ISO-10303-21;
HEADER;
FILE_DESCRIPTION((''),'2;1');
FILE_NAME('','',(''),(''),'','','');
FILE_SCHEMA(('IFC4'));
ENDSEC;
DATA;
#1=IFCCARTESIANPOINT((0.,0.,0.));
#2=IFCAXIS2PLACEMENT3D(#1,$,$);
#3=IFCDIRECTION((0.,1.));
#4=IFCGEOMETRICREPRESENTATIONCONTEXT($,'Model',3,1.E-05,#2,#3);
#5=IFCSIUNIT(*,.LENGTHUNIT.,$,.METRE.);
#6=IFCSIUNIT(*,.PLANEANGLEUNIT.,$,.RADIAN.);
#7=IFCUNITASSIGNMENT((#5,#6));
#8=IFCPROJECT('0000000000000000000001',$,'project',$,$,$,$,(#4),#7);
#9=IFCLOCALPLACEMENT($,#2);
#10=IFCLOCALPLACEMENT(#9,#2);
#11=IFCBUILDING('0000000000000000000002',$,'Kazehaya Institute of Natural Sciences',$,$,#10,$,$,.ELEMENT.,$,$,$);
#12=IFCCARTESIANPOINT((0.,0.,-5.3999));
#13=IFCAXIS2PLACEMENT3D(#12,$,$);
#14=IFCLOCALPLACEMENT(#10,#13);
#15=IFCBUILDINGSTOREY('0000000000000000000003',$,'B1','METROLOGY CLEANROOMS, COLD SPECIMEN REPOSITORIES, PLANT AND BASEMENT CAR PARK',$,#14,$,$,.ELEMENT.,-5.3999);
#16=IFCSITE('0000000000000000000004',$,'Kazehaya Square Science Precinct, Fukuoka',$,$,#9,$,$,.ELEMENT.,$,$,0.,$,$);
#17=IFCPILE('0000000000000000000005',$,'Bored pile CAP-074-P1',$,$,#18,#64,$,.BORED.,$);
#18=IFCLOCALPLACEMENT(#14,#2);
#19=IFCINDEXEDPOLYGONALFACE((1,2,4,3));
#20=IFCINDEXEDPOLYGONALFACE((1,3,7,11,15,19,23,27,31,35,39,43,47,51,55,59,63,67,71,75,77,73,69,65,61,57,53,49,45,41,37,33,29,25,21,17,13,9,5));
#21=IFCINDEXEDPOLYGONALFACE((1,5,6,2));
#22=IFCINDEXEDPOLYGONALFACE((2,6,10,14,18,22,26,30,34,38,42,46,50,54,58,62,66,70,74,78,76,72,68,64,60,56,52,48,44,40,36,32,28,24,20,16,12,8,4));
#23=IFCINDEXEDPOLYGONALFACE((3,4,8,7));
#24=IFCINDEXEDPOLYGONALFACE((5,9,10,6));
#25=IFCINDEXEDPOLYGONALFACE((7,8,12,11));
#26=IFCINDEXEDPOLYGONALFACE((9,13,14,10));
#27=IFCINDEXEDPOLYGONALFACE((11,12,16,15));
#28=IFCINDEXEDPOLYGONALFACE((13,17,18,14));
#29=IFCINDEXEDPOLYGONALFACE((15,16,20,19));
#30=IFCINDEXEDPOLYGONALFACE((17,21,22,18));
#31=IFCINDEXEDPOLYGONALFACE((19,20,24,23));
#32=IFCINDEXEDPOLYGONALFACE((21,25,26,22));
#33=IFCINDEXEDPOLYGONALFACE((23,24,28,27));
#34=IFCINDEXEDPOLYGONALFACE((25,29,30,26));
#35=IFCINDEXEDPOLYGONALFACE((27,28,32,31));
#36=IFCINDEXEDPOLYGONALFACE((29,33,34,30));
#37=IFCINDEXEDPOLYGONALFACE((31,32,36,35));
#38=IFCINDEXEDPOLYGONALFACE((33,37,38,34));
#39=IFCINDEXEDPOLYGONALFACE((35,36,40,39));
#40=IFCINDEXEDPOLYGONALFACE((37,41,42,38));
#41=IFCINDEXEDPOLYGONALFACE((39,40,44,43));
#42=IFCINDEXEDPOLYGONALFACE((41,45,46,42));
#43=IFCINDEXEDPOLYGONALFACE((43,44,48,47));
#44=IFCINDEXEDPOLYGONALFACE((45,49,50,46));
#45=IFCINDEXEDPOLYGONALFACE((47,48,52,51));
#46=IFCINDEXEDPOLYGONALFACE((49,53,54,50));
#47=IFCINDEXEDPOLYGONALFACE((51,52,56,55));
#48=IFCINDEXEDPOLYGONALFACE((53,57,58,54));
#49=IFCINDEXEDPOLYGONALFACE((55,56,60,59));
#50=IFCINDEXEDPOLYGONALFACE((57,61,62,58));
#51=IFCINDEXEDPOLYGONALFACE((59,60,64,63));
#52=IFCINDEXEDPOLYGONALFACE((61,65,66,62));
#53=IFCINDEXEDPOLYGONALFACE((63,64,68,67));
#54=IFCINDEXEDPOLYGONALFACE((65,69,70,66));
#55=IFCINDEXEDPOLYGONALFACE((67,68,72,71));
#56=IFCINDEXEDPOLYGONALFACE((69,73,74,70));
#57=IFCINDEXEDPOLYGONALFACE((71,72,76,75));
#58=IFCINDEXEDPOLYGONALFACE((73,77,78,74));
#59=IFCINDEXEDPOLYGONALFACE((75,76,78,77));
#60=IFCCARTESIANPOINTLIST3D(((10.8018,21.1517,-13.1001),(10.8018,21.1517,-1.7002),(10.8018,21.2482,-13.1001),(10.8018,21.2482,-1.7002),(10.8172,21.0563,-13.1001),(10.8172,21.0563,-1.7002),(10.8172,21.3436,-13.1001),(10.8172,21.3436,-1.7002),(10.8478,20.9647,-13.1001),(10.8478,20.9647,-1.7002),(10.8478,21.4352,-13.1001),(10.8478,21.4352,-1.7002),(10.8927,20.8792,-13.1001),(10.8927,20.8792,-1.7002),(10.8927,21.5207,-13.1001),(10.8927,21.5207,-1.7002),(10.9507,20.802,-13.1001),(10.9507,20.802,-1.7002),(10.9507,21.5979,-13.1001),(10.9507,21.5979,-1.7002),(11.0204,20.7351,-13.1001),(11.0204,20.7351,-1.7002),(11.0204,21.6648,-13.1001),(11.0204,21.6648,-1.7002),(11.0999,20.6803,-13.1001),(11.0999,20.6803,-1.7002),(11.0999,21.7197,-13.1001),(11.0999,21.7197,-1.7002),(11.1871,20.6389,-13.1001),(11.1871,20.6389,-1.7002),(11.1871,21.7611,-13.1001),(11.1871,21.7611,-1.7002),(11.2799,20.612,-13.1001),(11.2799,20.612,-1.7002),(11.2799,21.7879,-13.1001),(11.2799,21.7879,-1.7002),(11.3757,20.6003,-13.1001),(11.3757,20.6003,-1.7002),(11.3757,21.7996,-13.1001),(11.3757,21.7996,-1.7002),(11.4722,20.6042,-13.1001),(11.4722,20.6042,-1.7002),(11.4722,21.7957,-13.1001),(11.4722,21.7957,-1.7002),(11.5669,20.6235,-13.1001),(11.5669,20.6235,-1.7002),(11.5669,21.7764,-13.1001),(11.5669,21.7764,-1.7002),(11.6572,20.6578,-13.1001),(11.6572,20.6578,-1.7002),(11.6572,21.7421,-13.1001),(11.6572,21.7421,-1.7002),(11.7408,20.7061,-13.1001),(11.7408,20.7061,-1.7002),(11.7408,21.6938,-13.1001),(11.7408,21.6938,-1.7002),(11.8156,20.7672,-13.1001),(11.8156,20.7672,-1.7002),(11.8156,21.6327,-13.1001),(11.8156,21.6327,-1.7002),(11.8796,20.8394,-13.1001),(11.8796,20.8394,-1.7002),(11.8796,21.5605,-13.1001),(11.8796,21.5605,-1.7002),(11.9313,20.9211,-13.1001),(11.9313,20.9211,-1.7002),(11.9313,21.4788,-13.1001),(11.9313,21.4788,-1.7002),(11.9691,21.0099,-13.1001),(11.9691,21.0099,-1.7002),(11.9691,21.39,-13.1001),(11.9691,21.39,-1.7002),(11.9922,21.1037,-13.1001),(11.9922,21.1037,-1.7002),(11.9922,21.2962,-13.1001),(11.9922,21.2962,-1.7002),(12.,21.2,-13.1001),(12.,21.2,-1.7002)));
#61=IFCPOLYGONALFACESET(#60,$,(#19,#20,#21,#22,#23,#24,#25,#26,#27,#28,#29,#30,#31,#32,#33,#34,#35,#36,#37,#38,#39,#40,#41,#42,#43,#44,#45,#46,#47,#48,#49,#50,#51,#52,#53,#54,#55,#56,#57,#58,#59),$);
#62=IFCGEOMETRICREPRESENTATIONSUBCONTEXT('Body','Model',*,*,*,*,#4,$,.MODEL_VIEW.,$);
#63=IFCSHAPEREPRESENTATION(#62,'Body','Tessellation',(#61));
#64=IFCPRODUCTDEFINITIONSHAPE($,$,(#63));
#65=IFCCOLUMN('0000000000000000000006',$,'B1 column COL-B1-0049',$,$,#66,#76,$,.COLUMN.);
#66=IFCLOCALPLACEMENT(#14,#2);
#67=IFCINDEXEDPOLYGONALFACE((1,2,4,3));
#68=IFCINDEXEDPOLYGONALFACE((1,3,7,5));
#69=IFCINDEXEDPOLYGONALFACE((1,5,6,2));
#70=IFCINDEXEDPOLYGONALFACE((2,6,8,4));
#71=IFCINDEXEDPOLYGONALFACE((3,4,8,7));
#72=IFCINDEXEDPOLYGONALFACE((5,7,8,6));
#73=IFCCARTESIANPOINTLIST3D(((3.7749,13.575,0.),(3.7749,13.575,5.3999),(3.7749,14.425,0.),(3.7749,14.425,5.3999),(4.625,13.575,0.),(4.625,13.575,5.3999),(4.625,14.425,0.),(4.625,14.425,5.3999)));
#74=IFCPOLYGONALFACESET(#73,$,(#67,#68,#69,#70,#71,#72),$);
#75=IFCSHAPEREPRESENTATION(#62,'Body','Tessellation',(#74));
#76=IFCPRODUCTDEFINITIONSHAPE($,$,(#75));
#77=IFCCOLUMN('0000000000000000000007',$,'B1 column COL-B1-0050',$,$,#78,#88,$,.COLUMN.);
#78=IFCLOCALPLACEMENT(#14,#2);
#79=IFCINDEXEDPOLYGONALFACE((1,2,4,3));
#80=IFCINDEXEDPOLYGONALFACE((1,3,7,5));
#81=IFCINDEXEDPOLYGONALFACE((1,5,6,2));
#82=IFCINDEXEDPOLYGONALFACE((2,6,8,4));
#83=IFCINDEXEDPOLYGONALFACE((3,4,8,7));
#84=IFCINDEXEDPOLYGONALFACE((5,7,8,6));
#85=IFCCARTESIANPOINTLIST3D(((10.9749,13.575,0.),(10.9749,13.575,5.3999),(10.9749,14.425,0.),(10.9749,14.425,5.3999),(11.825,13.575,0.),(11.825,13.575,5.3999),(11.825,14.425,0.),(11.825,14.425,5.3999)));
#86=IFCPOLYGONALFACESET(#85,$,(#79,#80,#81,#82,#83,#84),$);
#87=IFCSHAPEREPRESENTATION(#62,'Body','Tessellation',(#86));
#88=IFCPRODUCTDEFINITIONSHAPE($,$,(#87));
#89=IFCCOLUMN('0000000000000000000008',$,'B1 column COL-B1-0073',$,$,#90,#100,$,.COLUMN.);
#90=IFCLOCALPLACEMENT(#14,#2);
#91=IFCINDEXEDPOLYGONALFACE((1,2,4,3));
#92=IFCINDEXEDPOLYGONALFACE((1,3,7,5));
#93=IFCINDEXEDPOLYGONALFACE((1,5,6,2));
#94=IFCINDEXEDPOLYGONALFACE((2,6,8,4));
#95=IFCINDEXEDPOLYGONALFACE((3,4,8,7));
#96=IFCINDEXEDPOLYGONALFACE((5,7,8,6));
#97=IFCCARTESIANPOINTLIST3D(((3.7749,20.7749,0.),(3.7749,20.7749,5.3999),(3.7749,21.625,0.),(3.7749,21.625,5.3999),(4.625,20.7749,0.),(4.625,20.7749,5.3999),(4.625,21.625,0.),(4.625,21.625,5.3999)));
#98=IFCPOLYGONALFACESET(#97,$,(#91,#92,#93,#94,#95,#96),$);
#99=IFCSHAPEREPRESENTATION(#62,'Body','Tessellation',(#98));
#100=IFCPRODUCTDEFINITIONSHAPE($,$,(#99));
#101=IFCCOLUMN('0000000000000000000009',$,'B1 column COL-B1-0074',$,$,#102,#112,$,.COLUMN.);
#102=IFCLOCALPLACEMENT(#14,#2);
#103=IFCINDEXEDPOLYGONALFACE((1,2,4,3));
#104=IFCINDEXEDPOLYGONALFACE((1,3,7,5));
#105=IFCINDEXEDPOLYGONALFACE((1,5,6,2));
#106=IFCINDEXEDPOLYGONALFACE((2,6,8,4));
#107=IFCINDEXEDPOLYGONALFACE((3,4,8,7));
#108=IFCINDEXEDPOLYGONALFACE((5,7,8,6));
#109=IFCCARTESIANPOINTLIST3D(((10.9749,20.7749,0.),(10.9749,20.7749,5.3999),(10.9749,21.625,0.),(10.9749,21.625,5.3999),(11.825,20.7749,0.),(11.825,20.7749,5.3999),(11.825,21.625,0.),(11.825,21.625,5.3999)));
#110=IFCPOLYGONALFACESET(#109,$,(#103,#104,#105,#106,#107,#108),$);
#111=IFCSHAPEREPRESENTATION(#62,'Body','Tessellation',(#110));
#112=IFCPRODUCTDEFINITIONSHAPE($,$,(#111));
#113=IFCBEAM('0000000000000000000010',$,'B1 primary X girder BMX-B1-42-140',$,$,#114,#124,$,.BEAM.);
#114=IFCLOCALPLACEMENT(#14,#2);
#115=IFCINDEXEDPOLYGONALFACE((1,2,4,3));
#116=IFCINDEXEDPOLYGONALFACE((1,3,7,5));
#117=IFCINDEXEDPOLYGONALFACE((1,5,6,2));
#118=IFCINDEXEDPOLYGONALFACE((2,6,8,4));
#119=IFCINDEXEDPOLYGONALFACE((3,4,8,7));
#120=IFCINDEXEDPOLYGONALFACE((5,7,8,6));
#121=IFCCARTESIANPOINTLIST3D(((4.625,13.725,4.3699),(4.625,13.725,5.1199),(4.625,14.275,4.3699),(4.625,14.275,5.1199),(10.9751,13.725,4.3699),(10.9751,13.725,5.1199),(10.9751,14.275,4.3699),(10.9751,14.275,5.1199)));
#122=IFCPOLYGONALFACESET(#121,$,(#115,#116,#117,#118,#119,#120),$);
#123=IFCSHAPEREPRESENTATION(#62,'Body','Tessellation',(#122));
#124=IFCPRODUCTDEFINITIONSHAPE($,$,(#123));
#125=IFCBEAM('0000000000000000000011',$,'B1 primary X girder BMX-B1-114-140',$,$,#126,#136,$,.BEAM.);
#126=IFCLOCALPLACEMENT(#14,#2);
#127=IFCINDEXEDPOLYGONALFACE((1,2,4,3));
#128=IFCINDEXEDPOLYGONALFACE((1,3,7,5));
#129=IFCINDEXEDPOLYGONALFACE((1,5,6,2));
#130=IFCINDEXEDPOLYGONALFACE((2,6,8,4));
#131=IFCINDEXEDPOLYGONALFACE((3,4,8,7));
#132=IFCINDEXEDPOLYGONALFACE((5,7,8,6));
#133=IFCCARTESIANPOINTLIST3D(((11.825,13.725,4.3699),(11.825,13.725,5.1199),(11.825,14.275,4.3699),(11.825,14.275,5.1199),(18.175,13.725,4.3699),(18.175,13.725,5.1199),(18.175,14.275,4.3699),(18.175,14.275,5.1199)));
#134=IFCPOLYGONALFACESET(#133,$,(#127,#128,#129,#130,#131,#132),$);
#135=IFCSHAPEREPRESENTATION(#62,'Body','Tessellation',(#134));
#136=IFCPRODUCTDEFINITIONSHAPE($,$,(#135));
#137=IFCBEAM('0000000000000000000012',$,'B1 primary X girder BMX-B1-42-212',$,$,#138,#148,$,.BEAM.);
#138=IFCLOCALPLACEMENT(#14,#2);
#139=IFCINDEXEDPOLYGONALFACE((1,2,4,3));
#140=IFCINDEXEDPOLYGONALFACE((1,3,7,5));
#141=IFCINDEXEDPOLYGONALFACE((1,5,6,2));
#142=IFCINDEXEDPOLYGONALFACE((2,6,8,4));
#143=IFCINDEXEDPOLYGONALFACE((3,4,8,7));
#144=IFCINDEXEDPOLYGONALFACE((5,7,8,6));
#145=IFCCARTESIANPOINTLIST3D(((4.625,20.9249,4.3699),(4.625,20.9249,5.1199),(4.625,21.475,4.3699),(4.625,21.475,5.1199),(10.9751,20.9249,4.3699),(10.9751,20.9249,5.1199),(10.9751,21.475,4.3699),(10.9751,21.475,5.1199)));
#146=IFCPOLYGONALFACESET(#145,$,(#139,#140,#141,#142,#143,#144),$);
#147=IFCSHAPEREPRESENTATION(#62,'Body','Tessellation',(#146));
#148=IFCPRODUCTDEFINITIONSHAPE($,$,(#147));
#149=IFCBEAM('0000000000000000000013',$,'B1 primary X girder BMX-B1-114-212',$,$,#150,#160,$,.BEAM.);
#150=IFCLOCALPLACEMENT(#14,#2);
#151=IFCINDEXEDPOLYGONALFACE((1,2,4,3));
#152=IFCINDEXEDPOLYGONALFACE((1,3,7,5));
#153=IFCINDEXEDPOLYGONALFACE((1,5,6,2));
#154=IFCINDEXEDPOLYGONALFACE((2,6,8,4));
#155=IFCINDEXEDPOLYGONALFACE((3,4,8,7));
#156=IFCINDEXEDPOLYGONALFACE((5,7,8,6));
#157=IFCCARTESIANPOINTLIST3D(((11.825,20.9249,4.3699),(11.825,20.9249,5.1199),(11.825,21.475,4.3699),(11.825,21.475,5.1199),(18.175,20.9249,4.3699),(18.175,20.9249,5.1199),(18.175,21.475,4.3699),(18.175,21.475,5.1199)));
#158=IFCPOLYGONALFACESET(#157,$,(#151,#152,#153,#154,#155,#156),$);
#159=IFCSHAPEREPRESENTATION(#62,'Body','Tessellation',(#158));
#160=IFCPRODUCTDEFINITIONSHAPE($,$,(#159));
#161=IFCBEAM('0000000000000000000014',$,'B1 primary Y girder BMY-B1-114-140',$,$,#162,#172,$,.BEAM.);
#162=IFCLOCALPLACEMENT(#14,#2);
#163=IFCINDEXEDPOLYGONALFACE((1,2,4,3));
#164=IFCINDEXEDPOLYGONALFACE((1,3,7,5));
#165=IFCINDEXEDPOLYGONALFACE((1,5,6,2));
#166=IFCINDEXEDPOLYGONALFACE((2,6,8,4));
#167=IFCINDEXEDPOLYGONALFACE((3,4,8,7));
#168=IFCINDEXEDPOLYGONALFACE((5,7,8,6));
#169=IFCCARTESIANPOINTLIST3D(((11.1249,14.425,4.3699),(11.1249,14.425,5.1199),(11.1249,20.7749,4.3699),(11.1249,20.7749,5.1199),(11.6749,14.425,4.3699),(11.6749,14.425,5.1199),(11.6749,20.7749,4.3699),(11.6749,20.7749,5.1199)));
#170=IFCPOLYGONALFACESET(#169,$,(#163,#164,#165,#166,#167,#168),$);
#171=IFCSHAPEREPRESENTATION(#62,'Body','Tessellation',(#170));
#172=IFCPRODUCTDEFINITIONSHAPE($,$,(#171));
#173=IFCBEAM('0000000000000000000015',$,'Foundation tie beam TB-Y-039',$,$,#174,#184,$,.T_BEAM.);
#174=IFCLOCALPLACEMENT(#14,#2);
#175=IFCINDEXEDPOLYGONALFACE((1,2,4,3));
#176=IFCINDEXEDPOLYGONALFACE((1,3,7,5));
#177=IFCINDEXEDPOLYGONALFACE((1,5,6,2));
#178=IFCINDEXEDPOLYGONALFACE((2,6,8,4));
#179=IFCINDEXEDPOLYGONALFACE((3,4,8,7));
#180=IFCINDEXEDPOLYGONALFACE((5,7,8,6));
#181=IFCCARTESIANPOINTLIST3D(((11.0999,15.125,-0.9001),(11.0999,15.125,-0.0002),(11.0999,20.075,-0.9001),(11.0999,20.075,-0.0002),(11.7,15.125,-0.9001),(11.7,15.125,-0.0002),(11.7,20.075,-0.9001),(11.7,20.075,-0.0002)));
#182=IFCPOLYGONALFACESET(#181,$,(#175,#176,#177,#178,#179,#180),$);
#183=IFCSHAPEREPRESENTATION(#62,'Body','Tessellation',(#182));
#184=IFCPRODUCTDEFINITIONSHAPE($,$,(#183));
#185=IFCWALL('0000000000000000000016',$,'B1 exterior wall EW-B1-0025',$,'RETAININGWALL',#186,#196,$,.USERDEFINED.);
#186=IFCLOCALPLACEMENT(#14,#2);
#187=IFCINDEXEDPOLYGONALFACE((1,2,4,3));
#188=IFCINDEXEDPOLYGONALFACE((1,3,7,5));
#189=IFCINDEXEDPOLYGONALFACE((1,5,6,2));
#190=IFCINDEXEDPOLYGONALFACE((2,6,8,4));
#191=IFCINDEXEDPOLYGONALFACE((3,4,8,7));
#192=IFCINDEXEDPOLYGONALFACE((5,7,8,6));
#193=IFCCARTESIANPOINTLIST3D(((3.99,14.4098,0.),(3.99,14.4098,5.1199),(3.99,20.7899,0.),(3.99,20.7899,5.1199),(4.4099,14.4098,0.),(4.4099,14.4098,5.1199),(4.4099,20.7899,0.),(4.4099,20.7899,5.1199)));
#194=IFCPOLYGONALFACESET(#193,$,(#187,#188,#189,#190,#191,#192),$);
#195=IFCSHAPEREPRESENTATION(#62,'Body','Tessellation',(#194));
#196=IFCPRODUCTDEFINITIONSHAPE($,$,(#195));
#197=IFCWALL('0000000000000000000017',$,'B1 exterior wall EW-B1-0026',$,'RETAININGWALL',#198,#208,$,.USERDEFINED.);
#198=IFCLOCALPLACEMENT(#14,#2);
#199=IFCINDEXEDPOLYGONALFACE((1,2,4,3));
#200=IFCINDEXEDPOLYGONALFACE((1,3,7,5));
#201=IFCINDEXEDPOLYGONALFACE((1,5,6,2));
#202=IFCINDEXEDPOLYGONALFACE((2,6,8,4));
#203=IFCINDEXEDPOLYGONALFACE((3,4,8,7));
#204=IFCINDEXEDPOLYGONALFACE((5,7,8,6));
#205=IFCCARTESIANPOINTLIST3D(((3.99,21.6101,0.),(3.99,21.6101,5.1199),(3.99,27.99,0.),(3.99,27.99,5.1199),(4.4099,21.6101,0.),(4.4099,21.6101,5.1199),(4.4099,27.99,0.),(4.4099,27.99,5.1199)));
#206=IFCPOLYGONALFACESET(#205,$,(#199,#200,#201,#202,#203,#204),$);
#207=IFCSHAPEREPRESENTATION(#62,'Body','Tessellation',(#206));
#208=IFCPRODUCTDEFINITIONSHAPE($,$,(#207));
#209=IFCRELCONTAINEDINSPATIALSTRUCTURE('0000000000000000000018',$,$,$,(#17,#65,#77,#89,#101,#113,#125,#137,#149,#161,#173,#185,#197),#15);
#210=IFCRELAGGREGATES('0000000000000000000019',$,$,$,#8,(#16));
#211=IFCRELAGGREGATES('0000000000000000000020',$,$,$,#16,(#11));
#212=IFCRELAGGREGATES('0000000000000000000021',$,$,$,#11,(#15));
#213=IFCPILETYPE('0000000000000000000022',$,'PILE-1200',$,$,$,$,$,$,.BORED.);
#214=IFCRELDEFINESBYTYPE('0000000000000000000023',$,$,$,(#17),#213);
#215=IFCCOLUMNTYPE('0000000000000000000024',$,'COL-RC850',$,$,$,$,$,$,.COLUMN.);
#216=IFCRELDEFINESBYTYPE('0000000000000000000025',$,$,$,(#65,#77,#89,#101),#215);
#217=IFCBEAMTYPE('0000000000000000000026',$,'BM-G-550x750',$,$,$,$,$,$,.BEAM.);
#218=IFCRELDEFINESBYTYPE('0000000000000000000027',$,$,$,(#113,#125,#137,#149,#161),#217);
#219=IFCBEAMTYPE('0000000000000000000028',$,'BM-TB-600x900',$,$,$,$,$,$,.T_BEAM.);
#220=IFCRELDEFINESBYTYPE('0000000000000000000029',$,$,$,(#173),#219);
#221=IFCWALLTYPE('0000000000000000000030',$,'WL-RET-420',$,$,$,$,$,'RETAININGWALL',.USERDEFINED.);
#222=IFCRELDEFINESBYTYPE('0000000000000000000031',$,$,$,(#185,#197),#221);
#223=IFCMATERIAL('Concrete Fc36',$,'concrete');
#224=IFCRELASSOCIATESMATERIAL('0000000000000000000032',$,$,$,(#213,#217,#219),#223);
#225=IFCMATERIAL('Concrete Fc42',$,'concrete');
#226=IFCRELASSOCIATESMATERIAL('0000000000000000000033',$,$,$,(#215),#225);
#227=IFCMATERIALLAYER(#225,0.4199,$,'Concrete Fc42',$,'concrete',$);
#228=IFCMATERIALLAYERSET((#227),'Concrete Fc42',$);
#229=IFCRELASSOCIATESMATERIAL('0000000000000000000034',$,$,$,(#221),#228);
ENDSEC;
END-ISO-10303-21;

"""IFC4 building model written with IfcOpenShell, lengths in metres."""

from ifc_helpers import new_model, si_unit, direction, frame, frame_2d, origin, origin_2d, place, context, subcontext, project, spatial, rectangle, circle, extrude, material, layer, layer_set, material_profile, profile_set, type_object, element, save


model = new_model("IFC4")

# Units and contexts
model_context = context("Model", 3, precision=1e-05, world=origin(), true_north=direction((0.0, 1.0)))
body_context = subcontext(model_context, "Body", "Model", "MODEL_VIEW")
ifc_project = project(units=[si_unit("LENGTHUNIT", "METRE"), si_unit("PLANEANGLEUNIT", "RADIAN")], contexts=[model_context])

# Site, building, storey
site_placement = place(None, origin())
site = spatial("IfcSite", under=ifc_project, at=site_placement, Name="Kazehaya Square Science Precinct, Fukuoka", CompositionType="ELEMENT", RefElevation=0.0)
building_placement = place(site_placement, origin())
building = spatial("IfcBuilding", under=site, at=building_placement, Name="Kazehaya Institute of Natural Sciences", CompositionType="ELEMENT")
storey_placement = place(building_placement, frame((0.0, 0.0, -5.3999)))
storey = spatial("IfcBuildingStorey", under=building, at=storey_placement, Name="B1", Description="METROLOGY CLEANROOMS, COLD SPECIMEN REPOSITORIES, PLANT AND BASEMENT CAR PARK", CompositionType="ELEMENT", Elevation=-5.3999)

# Shared definitions
ifc_material_1 = material(Name="Concrete Fc36", Category="concrete")

# Pile
ifc_material_profile_1 = material_profile(ifc_material_1, circle(Radius=0.6001, at=origin_2d()), Name="PILE-1200")
ifc_profile_set_1 = profile_set([ifc_material_profile_1], Name="Concrete Fc36")
pile_type = type_object("IfcPileType", Name="PILE-1200", PredefinedType="BORED", material=ifc_profile_set_1)
for number, where, z_axis, x_axis, name in (
    (1, (11.3999, 21.2, -1.7002), (0.0, 0.0, -1.0), (1.0, 0.0, 0.0), "Bored pile CAP-074-P1"),
):
    element("IfcPile", number, at=place(storey_placement, frame(where, z_axis=z_axis, x_axis=x_axis)), inside=storey, type_object=pile_type, Name=name, PredefinedType="BORED", context=body_context, shape_type="SweptSolid", body=[
        extrude(circle(Radius=0.6001, at=origin_2d()), origin(), (0.0, 0.0, 1.0), 11.3999),
    ])

# Columns
ifc_material_2 = material(Name="Concrete Fc42", Category="concrete")
ifc_material_profile_2 = material_profile(ifc_material_2, rectangle(XDim=0.8501, YDim=0.8501, at=origin_2d()), Name="RC-850x850")
ifc_profile_set_2 = profile_set([ifc_material_profile_2], Name="Concrete Fc42")
column_type = type_object("IfcColumnType", Name="COL-RC850", PredefinedType="COLUMN", material=ifc_profile_set_2)
for number, where, z_axis, x_axis, name in (
    (2, (4.2, 14.0, 0.0), (0.0, 0.0, 1.0), (1.0, 0.0, 0.0), "B1 column COL-B1-0049"),
    (3, (11.3999, 14.0, 0.0), (0.0, 0.0, 1.0), (1.0, 0.0, 0.0), "B1 column COL-B1-0050"),
    (4, (4.2, 21.2, 0.0), (0.0, 0.0, 1.0), (1.0, 0.0, 0.0), "B1 column COL-B1-0073"),
    (5, (11.3999, 21.2, 0.0), (0.0, 0.0, 1.0), (1.0, 0.0, 0.0), "B1 column COL-B1-0074"),
):
    element("IfcColumn", number, at=place(storey_placement, frame(where, z_axis=z_axis, x_axis=x_axis)), inside=storey, type_object=column_type, Name=name, PredefinedType="COLUMN", context=body_context, shape_type="SweptSolid", body=[
        extrude(rectangle(XDim=0.8501, YDim=0.8501, at=origin_2d()), origin(), (0.0, 0.0, 1.0), 5.3999),
    ])

# Beams
ifc_material_profile_3 = material_profile(ifc_material_1, rectangle(XDim=0.55, YDim=0.75, at=origin_2d()), Name="RC-550x750")
ifc_profile_set_3 = profile_set([ifc_material_profile_3], Name="Concrete Fc36")
beam_type_1 = type_object("IfcBeamType", Name="BM-G-550x750", PredefinedType="BEAM", material=ifc_profile_set_3)
for number, where, z_axis, x_axis, name in (
    (6, (4.625, 14.0, 4.7449), (1.0, 0.0, 0.0), (0.0, 1.0, 0.0), "B1 primary X girder BMX-B1-42-140"),
    (7, (11.825, 14.0, 4.7449), (1.0, 0.0, 0.0), (0.0, 1.0, 0.0), "B1 primary X girder BMX-B1-114-140"),
    (8, (4.625, 21.2, 4.7449), (1.0, 0.0, 0.0), (0.0, 1.0, 0.0), "B1 primary X girder BMX-B1-42-212"),
    (9, (11.825, 21.2, 4.7449), (1.0, 0.0, 0.0), (0.0, 1.0, 0.0), "B1 primary X girder BMX-B1-114-212"),
):
    element("IfcBeam", number, at=place(storey_placement, frame(where, z_axis=z_axis, x_axis=x_axis)), inside=storey, type_object=beam_type_1, Name=name, PredefinedType="BEAM", context=body_context, shape_type="SweptSolid", body=[
        extrude(rectangle(XDim=0.55, YDim=0.75, at=origin_2d()), origin(), (0.0, 0.0, 1.0), 6.3501),
    ])
beam_1_placement = place(storey_placement, frame((11.3999, 14.425, 4.7449), z_axis=(0.0, 1.0, 0.0), x_axis=(-1.0, 0.0, 0.0)))
element("IfcBeam", 10, at=beam_1_placement, inside=storey, type_object=beam_type_1, Name="B1 primary Y girder BMY-B1-114-140", PredefinedType="BEAM", context=body_context, shape_type="SweptSolid", body=[
    extrude(rectangle(XDim=0.55, YDim=0.75, at=origin_2d()), origin(), (0.0, 0.0, 1.0), 6.3499),
])
ifc_material_profile_4 = material_profile(ifc_material_1, rectangle(XDim=0.6001, YDim=0.8999, at=origin_2d()), Name="RC-600x900")
ifc_profile_set_4 = profile_set([ifc_material_profile_4], Name="Concrete Fc36")
beam_type_2 = type_object("IfcBeamType", Name="BM-TB-600x900", PredefinedType="T_BEAM", material=ifc_profile_set_4)
beam_2_placement = place(storey_placement, frame((11.3999, 15.125, -0.4502), z_axis=(0.0, 1.0, 0.0), x_axis=(-1.0, 0.0, 0.0)))
element("IfcBeam", 11, at=beam_2_placement, inside=storey, type_object=beam_type_2, Name="Foundation tie beam TB-Y-039", PredefinedType="T_BEAM", context=body_context, shape_type="SweptSolid", body=[
    extrude(rectangle(XDim=0.6001, YDim=0.8999, at=origin_2d()), origin(), (0.0, 0.0, 1.0), 4.95),
])

# Walls
ifc_layer_1 = layer(ifc_material_2, 0.4199, Name="Concrete Fc42", Category="concrete")
ifc_layer_set_1 = layer_set([ifc_layer_1], Name="Concrete Fc42")
wall_type_1 = type_object("IfcWallType", Name="WL-RET-420", ElementType="RETAININGWALL", PredefinedType="USERDEFINED", material=ifc_layer_set_1)
wall_1_placement = place(storey_placement, frame((4.2, 14.4099, 0.0), z_axis=(0.0, 0.0, 1.0), x_axis=(0.0, 1.0, 0.0)))
element("IfcWall", 12, at=wall_1_placement, inside=storey, type_object=wall_type_1, Name="B1 exterior wall EW-B1-0025", ObjectType="RETAININGWALL", PredefinedType="USERDEFINED", context=body_context, shape_type="SweptSolid", body=[
    extrude(rectangle(XDim=6.3801, YDim=0.4199, at=frame_2d((3.1899, 0.0))), origin(), (0.0, 0.0, 1.0), 5.1199),
])
wall_2_placement = place(storey_placement, frame((4.2, 21.6101, 0.0), z_axis=(0.0, 0.0, 1.0), x_axis=(0.0, 1.0, 0.0)))
element("IfcWall", 13, at=wall_2_placement, inside=storey, type_object=wall_type_1, Name="B1 exterior wall EW-B1-0026", ObjectType="RETAININGWALL", PredefinedType="USERDEFINED", context=body_context, shape_type="SweptSolid", body=[
    extrude(rectangle(XDim=6.3799, YDim=0.4199, at=frame_2d((3.1899, 0.0))), origin(), (0.0, 0.0, 1.0), 5.1199),
])

save(model, "model.ifc")
